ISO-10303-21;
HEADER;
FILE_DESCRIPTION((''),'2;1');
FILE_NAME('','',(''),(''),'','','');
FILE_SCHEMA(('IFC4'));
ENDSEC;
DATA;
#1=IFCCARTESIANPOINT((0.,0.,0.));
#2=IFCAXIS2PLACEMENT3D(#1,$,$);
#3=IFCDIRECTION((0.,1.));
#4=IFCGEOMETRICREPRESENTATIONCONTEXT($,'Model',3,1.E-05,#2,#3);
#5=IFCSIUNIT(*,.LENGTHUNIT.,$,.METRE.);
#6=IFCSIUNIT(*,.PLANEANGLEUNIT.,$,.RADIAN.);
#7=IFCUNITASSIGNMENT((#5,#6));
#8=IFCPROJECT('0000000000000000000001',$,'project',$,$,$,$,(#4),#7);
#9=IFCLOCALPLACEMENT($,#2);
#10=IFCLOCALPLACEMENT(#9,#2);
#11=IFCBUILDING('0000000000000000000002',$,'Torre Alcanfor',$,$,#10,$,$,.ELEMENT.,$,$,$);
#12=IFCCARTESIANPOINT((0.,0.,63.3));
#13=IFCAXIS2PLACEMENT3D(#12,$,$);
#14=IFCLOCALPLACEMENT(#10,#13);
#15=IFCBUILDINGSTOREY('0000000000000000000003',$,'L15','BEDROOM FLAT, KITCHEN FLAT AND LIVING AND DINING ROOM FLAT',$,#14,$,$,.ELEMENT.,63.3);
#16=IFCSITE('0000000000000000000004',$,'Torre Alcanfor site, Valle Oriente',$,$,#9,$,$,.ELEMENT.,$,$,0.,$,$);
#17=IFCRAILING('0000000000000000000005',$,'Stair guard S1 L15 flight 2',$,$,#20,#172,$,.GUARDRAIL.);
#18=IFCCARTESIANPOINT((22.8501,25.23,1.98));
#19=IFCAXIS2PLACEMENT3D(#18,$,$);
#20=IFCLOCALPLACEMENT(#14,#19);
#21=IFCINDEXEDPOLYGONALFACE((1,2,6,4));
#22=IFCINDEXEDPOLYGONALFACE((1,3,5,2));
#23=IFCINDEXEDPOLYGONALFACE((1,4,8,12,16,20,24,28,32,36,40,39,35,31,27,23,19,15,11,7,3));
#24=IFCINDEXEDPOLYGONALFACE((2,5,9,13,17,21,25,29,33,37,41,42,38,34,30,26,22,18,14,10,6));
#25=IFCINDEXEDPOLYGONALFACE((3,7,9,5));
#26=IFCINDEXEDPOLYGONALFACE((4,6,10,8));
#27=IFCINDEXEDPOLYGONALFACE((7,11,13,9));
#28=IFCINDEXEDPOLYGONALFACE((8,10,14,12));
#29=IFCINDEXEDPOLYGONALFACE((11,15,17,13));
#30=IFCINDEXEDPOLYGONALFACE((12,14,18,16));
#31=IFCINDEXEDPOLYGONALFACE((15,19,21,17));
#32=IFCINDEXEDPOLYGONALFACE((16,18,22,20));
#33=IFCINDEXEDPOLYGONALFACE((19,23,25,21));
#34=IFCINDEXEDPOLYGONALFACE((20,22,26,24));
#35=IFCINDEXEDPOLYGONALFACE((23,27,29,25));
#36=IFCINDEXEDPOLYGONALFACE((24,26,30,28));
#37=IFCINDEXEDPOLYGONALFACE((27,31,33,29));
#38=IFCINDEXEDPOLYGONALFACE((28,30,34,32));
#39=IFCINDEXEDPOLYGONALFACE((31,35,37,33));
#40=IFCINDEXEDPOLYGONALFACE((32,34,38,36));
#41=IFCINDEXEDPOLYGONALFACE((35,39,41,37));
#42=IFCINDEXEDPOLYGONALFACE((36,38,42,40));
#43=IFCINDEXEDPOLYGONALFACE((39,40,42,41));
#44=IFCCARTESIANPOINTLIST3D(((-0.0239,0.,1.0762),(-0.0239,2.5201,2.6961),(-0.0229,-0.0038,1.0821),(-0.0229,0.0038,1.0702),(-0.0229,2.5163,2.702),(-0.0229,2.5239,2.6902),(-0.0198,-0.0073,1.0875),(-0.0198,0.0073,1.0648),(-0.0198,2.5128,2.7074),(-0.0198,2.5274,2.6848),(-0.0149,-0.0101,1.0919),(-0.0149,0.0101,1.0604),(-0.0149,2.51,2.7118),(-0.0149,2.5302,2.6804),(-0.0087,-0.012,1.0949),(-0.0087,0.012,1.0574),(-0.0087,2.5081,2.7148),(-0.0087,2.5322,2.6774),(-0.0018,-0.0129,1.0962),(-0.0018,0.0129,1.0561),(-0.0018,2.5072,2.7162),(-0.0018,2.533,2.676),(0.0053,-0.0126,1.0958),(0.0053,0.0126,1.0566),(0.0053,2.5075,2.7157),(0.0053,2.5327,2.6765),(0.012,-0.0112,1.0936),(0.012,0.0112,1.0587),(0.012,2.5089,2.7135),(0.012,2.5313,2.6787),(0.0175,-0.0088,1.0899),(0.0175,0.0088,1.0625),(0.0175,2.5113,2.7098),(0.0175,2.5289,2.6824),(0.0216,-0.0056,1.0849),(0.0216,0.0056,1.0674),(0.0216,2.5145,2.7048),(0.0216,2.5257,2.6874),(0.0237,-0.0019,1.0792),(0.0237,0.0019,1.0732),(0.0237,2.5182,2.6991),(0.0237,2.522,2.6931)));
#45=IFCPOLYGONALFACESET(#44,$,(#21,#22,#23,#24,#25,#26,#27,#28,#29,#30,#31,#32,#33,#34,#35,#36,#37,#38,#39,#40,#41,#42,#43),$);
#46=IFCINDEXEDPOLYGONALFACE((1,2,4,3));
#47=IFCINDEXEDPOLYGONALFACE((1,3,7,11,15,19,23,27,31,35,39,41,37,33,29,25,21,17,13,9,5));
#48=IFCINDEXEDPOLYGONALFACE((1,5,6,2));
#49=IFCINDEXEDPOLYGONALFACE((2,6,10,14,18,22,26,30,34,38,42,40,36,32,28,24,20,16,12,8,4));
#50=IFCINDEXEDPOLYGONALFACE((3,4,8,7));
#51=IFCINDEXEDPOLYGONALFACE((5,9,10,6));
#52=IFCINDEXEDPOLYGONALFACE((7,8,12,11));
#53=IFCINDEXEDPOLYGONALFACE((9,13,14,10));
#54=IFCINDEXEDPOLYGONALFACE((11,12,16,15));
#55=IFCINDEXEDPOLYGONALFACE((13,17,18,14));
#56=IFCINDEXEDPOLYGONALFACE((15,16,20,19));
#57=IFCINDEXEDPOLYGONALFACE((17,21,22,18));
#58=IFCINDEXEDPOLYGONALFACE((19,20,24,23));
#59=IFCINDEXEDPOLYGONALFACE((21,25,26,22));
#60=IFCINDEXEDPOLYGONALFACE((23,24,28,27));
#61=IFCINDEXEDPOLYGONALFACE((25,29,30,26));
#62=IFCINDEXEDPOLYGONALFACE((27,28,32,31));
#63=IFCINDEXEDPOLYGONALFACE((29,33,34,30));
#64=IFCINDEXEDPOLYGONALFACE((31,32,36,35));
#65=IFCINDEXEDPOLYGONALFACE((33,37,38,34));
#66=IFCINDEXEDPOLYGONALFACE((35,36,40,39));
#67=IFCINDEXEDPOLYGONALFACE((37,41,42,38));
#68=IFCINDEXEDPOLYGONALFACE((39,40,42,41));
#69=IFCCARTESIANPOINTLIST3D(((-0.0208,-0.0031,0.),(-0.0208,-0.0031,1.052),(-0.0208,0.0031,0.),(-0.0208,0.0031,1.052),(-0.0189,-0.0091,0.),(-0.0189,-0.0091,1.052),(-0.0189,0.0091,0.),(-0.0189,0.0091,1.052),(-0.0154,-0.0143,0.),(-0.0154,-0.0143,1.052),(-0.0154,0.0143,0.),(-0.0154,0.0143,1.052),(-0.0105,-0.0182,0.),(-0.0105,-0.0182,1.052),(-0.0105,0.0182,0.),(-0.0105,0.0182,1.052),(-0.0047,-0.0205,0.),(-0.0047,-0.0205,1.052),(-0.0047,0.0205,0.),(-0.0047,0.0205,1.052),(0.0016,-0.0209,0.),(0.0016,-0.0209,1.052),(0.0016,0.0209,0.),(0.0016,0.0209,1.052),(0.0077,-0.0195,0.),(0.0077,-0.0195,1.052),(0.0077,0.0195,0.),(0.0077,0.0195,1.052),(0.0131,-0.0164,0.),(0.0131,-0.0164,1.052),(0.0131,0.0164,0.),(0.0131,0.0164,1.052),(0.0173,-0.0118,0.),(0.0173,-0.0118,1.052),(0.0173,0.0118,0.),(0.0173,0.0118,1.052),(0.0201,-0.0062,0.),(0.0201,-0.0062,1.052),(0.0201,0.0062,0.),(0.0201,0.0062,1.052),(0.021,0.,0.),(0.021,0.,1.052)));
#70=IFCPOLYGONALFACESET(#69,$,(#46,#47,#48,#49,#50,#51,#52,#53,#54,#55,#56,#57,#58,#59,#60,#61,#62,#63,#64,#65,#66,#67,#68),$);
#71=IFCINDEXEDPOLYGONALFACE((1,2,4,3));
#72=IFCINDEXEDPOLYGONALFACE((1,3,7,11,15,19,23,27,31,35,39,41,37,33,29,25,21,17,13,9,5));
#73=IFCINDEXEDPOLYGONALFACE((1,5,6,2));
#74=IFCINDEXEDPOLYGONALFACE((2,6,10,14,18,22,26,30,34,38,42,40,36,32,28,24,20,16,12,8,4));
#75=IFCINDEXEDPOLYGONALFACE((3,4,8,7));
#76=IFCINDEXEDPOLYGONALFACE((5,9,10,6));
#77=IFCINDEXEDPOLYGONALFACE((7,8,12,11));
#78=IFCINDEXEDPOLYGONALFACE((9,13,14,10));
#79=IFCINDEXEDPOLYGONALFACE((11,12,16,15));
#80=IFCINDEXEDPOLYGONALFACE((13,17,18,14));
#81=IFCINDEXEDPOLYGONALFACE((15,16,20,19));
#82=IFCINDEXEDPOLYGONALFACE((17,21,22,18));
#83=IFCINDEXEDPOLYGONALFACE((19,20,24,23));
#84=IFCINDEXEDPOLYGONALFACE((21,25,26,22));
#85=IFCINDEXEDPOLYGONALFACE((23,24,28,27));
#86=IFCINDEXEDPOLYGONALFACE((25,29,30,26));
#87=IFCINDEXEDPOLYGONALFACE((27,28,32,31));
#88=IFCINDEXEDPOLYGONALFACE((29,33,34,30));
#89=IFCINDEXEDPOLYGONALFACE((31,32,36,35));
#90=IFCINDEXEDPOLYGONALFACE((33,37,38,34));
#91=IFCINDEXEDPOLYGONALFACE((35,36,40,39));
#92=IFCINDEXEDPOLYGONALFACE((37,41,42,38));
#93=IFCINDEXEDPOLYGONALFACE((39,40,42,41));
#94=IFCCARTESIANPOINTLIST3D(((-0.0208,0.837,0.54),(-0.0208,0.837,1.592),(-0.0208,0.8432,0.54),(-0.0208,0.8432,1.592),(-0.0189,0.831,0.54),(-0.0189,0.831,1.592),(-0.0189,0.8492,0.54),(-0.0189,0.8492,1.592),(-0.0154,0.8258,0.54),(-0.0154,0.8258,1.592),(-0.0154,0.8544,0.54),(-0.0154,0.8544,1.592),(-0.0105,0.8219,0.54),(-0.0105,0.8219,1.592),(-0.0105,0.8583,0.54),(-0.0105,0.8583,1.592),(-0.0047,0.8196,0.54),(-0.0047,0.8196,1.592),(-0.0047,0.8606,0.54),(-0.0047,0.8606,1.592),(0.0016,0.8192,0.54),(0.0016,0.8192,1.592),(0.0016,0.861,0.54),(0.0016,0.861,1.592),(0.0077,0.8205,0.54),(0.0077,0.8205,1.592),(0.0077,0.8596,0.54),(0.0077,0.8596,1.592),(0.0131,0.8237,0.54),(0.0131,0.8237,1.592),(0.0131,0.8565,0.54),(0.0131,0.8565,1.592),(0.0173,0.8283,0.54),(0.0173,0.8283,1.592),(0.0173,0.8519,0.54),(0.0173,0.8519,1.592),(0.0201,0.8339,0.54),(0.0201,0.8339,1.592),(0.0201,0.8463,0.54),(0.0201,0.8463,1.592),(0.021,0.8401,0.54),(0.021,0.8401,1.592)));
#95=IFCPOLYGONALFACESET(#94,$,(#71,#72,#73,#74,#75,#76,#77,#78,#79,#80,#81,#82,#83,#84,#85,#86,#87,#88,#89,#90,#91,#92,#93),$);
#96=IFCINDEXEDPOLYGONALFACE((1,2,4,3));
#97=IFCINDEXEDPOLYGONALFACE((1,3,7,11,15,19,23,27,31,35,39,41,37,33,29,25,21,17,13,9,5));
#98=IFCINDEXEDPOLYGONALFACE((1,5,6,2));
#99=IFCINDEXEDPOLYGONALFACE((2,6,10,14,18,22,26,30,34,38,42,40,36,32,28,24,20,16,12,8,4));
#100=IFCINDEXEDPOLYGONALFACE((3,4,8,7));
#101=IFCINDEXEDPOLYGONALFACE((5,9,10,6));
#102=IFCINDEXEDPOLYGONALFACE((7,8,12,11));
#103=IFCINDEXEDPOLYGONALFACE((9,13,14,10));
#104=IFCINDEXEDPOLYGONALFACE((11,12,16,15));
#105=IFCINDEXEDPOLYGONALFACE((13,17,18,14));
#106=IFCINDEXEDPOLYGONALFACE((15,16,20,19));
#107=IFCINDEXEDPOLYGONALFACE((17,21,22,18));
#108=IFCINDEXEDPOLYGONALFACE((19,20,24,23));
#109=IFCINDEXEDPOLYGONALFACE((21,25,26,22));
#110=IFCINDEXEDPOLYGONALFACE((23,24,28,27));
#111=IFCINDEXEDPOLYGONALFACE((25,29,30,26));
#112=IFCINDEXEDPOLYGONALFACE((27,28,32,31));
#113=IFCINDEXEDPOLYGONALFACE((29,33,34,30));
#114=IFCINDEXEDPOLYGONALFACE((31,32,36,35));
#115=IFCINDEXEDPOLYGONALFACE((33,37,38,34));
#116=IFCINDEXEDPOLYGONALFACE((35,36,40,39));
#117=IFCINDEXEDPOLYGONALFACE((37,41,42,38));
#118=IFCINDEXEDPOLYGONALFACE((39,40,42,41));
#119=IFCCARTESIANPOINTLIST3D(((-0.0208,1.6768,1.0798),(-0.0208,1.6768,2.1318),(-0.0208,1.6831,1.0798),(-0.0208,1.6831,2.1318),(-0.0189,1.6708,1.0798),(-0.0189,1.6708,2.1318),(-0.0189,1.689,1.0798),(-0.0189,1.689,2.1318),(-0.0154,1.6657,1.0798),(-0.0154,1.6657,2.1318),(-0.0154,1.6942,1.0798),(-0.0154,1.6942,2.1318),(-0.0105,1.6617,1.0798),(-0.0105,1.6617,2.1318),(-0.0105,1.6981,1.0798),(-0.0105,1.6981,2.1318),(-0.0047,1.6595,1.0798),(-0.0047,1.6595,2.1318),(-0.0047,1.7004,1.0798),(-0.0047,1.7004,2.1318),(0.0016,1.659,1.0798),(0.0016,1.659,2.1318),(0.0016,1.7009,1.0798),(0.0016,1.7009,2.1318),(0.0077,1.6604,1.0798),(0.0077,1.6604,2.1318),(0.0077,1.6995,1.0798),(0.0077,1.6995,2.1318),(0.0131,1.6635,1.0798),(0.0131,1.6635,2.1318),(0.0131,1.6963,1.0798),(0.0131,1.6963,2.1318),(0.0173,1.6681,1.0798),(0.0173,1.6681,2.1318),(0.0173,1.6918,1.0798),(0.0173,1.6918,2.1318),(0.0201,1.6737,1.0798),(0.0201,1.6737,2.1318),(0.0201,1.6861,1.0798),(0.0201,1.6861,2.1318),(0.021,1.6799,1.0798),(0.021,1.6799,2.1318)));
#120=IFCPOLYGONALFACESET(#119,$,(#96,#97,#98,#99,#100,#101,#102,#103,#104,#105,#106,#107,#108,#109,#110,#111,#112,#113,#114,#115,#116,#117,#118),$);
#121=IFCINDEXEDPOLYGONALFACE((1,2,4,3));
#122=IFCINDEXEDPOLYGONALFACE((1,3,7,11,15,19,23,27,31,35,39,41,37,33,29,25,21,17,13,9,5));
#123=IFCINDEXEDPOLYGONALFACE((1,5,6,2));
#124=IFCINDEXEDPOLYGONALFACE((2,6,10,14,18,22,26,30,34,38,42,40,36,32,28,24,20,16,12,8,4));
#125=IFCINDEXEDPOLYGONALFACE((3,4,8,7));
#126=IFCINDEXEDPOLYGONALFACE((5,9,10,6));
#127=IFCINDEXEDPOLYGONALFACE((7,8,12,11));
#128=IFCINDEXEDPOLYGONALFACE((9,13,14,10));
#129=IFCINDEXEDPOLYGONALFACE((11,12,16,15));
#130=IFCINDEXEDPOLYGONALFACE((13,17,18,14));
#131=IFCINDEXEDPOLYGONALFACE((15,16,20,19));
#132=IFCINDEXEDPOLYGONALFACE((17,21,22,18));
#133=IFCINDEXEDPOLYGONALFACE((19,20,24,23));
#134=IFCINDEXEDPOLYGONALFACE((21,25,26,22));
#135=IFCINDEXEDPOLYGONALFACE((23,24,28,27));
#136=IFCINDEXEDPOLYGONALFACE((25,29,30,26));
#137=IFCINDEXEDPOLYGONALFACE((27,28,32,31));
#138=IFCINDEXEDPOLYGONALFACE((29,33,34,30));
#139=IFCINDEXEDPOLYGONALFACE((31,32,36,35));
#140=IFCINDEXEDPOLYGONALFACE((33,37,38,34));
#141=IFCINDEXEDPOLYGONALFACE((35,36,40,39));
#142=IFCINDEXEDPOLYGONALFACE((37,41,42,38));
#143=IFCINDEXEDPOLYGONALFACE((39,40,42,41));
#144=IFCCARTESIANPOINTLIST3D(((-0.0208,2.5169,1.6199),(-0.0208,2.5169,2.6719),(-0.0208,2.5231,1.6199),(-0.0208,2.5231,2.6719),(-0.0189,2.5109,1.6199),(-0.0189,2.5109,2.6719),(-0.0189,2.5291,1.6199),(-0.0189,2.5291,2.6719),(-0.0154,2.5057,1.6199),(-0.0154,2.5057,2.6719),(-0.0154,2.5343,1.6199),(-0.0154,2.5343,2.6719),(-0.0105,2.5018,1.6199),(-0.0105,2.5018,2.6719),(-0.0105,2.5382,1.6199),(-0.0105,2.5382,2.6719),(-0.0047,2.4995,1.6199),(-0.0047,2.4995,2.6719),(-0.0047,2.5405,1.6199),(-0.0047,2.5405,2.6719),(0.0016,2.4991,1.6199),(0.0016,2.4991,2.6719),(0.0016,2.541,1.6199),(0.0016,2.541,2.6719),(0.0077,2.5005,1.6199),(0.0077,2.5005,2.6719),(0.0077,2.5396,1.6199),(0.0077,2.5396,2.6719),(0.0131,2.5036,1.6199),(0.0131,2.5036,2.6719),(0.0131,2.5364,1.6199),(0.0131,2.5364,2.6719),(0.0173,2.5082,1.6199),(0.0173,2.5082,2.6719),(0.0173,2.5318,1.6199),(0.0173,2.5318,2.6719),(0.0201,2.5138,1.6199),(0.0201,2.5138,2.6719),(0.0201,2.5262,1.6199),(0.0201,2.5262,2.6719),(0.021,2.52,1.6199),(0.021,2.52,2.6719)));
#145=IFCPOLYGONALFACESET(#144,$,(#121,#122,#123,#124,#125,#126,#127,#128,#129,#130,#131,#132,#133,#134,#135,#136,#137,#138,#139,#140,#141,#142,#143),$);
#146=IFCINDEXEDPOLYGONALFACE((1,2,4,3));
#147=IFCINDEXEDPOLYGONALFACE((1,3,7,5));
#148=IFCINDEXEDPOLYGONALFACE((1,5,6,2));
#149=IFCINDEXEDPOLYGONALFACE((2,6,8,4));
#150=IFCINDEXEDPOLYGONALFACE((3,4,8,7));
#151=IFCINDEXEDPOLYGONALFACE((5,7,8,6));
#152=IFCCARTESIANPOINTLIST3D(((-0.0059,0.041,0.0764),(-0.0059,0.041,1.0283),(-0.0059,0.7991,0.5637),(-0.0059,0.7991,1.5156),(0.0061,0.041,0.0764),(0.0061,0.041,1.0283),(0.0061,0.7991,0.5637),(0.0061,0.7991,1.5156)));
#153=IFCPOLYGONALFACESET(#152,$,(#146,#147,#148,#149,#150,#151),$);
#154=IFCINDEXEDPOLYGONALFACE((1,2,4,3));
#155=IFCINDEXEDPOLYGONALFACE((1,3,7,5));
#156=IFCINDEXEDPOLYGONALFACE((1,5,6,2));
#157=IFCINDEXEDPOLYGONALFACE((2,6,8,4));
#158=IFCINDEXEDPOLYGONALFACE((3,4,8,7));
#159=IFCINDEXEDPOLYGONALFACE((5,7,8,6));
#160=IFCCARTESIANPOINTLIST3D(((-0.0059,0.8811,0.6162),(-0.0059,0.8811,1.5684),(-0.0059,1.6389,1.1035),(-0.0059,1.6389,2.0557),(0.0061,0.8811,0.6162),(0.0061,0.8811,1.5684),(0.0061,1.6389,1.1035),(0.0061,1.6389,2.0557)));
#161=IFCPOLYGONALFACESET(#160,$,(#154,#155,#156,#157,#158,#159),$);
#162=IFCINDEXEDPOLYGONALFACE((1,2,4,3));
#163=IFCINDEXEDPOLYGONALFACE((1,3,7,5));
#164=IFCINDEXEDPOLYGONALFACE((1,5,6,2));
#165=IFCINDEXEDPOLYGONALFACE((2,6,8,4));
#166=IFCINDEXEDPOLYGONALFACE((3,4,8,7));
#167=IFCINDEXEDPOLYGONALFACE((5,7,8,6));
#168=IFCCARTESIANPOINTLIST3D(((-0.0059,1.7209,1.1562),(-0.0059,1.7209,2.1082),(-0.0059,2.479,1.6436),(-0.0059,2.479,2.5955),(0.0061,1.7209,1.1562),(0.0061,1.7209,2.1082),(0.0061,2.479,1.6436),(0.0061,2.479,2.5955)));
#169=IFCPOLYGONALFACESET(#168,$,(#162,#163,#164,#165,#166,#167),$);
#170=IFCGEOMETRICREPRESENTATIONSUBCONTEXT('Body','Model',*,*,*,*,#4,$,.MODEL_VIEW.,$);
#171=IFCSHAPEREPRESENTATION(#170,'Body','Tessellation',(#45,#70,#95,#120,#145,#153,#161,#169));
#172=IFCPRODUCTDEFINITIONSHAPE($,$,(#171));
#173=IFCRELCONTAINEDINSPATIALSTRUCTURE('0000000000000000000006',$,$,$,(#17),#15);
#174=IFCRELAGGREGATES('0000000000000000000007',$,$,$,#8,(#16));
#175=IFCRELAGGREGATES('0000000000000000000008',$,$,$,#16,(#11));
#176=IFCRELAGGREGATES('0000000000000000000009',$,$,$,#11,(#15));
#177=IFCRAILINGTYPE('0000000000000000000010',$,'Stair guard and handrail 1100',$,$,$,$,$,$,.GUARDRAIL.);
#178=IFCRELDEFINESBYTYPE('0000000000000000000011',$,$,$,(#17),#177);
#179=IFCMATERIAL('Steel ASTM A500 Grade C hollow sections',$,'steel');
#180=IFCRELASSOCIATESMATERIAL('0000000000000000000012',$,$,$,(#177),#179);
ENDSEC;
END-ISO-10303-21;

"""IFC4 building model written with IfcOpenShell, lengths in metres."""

from ifc_helpers import new_model, si_unit, direction, frame, origin, origin_2d, place, context, subcontext, project, spatial, polyline, circle, outline, extrude, material, type_object, element, save


model = new_model("IFC4")

# Units and contexts
model_context = context("Model", 3, precision=1e-05, world=origin(), true_north=direction((0.0, 1.0)))
body_context = subcontext(model_context, "Body", "Model", "MODEL_VIEW")
ifc_project = project(units=[si_unit("LENGTHUNIT", "METRE"), si_unit("PLANEANGLEUNIT", "RADIAN")], contexts=[model_context])

# Site, building, storey
site_placement = place(None, origin())
site = spatial("IfcSite", under=ifc_project, at=site_placement, Name="Torre Alcanfor site, Valle Oriente", CompositionType="ELEMENT", RefElevation=0.0)
building_placement = place(site_placement, origin())
building = spatial("IfcBuilding", under=site, at=building_placement, Name="Torre Alcanfor", CompositionType="ELEMENT")
storey_placement = place(building_placement, frame((0.0, 0.0, 63.3)))
storey = spatial("IfcBuildingStorey", under=building, at=storey_placement, Name="L15", Description="BEDROOM FLAT, KITCHEN FLAT AND LIVING AND DINING ROOM FLAT", CompositionType="ELEMENT", Elevation=63.3)

# Railing
ifc_material_1 = material(Name="Steel ASTM A500 Grade C hollow sections", Category="steel")
railing_type_1 = type_object("IfcRailingType", Name="Stair guard and handrail 1100", PredefinedType="GUARDRAIL", material=ifc_material_1)
railing_1_placement = place(storey_placement, frame((22.8501, 25.23, 1.98)))
element("IfcRailing", 1, at=railing_1_placement, inside=storey, type_object=railing_type_1, Name="Stair guard S1 L15 flight 2", PredefinedType="GUARDRAIL", context=body_context, shape_type="SweptSolid", body=[
    extrude(circle(Radius=0.0239, at=origin_2d()), frame((0.0, 0.0, 1.0762), z_axis=(0.0, 0.8412, 0.540725), x_axis=(-1.0, 0.0, 0.0)), (0.0, 0.0, 1.0), 2.9958),
    extrude(circle(Radius=0.021, at=origin_2d()), origin(), (0.0, 0.0, 1.0), 1.052),
    extrude(circle(Radius=0.021, at=origin_2d()), frame((0.0, 0.8401, 0.54)), (0.0, 0.0, 1.0), 1.052),
    extrude(circle(Radius=0.021, at=origin_2d()), frame((0.0, 1.6799, 1.0798)), (0.0, 0.0, 1.0), 1.052),
    extrude(circle(Radius=0.021, at=origin_2d()), frame((0.0, 2.52, 1.6199)), (0.0, 0.0, 1.0), 1.052),
    extrude(outline(polyline([(0.041, 0.0764), (0.7991, 0.5637), (0.7991, 1.5156), (0.041, 1.0283), (0.041, 0.0764)])), frame((-0.0059, 0.0, 0.0), z_axis=(1.0, 0.0, 0.0), x_axis=(0.0, 1.0, 0.0)), (0.0, 0.0, 1.0), 0.012),
    extrude(outline(polyline([(0.8811, 0.6162), (1.6389, 1.1035), (1.6389, 2.0557), (0.8811, 1.5684), (0.8811, 0.6162)])), frame((-0.0059, 0.0, 0.0), z_axis=(1.0, 0.0, 0.0), x_axis=(0.0, 1.0, 0.0)), (0.0, 0.0, 1.0), 0.012),
    extrude(outline(polyline([(1.7209, 1.1562), (2.479, 1.6436), (2.479, 2.5955), (1.7209, 2.1082), (1.7209, 1.1562)])), frame((-0.0059, 0.0, 0.0), z_axis=(1.0, 0.0, 0.0), x_axis=(0.0, 1.0, 0.0)), (0.0, 0.0, 1.0), 0.012),
])

save(model, "model.ifc")
